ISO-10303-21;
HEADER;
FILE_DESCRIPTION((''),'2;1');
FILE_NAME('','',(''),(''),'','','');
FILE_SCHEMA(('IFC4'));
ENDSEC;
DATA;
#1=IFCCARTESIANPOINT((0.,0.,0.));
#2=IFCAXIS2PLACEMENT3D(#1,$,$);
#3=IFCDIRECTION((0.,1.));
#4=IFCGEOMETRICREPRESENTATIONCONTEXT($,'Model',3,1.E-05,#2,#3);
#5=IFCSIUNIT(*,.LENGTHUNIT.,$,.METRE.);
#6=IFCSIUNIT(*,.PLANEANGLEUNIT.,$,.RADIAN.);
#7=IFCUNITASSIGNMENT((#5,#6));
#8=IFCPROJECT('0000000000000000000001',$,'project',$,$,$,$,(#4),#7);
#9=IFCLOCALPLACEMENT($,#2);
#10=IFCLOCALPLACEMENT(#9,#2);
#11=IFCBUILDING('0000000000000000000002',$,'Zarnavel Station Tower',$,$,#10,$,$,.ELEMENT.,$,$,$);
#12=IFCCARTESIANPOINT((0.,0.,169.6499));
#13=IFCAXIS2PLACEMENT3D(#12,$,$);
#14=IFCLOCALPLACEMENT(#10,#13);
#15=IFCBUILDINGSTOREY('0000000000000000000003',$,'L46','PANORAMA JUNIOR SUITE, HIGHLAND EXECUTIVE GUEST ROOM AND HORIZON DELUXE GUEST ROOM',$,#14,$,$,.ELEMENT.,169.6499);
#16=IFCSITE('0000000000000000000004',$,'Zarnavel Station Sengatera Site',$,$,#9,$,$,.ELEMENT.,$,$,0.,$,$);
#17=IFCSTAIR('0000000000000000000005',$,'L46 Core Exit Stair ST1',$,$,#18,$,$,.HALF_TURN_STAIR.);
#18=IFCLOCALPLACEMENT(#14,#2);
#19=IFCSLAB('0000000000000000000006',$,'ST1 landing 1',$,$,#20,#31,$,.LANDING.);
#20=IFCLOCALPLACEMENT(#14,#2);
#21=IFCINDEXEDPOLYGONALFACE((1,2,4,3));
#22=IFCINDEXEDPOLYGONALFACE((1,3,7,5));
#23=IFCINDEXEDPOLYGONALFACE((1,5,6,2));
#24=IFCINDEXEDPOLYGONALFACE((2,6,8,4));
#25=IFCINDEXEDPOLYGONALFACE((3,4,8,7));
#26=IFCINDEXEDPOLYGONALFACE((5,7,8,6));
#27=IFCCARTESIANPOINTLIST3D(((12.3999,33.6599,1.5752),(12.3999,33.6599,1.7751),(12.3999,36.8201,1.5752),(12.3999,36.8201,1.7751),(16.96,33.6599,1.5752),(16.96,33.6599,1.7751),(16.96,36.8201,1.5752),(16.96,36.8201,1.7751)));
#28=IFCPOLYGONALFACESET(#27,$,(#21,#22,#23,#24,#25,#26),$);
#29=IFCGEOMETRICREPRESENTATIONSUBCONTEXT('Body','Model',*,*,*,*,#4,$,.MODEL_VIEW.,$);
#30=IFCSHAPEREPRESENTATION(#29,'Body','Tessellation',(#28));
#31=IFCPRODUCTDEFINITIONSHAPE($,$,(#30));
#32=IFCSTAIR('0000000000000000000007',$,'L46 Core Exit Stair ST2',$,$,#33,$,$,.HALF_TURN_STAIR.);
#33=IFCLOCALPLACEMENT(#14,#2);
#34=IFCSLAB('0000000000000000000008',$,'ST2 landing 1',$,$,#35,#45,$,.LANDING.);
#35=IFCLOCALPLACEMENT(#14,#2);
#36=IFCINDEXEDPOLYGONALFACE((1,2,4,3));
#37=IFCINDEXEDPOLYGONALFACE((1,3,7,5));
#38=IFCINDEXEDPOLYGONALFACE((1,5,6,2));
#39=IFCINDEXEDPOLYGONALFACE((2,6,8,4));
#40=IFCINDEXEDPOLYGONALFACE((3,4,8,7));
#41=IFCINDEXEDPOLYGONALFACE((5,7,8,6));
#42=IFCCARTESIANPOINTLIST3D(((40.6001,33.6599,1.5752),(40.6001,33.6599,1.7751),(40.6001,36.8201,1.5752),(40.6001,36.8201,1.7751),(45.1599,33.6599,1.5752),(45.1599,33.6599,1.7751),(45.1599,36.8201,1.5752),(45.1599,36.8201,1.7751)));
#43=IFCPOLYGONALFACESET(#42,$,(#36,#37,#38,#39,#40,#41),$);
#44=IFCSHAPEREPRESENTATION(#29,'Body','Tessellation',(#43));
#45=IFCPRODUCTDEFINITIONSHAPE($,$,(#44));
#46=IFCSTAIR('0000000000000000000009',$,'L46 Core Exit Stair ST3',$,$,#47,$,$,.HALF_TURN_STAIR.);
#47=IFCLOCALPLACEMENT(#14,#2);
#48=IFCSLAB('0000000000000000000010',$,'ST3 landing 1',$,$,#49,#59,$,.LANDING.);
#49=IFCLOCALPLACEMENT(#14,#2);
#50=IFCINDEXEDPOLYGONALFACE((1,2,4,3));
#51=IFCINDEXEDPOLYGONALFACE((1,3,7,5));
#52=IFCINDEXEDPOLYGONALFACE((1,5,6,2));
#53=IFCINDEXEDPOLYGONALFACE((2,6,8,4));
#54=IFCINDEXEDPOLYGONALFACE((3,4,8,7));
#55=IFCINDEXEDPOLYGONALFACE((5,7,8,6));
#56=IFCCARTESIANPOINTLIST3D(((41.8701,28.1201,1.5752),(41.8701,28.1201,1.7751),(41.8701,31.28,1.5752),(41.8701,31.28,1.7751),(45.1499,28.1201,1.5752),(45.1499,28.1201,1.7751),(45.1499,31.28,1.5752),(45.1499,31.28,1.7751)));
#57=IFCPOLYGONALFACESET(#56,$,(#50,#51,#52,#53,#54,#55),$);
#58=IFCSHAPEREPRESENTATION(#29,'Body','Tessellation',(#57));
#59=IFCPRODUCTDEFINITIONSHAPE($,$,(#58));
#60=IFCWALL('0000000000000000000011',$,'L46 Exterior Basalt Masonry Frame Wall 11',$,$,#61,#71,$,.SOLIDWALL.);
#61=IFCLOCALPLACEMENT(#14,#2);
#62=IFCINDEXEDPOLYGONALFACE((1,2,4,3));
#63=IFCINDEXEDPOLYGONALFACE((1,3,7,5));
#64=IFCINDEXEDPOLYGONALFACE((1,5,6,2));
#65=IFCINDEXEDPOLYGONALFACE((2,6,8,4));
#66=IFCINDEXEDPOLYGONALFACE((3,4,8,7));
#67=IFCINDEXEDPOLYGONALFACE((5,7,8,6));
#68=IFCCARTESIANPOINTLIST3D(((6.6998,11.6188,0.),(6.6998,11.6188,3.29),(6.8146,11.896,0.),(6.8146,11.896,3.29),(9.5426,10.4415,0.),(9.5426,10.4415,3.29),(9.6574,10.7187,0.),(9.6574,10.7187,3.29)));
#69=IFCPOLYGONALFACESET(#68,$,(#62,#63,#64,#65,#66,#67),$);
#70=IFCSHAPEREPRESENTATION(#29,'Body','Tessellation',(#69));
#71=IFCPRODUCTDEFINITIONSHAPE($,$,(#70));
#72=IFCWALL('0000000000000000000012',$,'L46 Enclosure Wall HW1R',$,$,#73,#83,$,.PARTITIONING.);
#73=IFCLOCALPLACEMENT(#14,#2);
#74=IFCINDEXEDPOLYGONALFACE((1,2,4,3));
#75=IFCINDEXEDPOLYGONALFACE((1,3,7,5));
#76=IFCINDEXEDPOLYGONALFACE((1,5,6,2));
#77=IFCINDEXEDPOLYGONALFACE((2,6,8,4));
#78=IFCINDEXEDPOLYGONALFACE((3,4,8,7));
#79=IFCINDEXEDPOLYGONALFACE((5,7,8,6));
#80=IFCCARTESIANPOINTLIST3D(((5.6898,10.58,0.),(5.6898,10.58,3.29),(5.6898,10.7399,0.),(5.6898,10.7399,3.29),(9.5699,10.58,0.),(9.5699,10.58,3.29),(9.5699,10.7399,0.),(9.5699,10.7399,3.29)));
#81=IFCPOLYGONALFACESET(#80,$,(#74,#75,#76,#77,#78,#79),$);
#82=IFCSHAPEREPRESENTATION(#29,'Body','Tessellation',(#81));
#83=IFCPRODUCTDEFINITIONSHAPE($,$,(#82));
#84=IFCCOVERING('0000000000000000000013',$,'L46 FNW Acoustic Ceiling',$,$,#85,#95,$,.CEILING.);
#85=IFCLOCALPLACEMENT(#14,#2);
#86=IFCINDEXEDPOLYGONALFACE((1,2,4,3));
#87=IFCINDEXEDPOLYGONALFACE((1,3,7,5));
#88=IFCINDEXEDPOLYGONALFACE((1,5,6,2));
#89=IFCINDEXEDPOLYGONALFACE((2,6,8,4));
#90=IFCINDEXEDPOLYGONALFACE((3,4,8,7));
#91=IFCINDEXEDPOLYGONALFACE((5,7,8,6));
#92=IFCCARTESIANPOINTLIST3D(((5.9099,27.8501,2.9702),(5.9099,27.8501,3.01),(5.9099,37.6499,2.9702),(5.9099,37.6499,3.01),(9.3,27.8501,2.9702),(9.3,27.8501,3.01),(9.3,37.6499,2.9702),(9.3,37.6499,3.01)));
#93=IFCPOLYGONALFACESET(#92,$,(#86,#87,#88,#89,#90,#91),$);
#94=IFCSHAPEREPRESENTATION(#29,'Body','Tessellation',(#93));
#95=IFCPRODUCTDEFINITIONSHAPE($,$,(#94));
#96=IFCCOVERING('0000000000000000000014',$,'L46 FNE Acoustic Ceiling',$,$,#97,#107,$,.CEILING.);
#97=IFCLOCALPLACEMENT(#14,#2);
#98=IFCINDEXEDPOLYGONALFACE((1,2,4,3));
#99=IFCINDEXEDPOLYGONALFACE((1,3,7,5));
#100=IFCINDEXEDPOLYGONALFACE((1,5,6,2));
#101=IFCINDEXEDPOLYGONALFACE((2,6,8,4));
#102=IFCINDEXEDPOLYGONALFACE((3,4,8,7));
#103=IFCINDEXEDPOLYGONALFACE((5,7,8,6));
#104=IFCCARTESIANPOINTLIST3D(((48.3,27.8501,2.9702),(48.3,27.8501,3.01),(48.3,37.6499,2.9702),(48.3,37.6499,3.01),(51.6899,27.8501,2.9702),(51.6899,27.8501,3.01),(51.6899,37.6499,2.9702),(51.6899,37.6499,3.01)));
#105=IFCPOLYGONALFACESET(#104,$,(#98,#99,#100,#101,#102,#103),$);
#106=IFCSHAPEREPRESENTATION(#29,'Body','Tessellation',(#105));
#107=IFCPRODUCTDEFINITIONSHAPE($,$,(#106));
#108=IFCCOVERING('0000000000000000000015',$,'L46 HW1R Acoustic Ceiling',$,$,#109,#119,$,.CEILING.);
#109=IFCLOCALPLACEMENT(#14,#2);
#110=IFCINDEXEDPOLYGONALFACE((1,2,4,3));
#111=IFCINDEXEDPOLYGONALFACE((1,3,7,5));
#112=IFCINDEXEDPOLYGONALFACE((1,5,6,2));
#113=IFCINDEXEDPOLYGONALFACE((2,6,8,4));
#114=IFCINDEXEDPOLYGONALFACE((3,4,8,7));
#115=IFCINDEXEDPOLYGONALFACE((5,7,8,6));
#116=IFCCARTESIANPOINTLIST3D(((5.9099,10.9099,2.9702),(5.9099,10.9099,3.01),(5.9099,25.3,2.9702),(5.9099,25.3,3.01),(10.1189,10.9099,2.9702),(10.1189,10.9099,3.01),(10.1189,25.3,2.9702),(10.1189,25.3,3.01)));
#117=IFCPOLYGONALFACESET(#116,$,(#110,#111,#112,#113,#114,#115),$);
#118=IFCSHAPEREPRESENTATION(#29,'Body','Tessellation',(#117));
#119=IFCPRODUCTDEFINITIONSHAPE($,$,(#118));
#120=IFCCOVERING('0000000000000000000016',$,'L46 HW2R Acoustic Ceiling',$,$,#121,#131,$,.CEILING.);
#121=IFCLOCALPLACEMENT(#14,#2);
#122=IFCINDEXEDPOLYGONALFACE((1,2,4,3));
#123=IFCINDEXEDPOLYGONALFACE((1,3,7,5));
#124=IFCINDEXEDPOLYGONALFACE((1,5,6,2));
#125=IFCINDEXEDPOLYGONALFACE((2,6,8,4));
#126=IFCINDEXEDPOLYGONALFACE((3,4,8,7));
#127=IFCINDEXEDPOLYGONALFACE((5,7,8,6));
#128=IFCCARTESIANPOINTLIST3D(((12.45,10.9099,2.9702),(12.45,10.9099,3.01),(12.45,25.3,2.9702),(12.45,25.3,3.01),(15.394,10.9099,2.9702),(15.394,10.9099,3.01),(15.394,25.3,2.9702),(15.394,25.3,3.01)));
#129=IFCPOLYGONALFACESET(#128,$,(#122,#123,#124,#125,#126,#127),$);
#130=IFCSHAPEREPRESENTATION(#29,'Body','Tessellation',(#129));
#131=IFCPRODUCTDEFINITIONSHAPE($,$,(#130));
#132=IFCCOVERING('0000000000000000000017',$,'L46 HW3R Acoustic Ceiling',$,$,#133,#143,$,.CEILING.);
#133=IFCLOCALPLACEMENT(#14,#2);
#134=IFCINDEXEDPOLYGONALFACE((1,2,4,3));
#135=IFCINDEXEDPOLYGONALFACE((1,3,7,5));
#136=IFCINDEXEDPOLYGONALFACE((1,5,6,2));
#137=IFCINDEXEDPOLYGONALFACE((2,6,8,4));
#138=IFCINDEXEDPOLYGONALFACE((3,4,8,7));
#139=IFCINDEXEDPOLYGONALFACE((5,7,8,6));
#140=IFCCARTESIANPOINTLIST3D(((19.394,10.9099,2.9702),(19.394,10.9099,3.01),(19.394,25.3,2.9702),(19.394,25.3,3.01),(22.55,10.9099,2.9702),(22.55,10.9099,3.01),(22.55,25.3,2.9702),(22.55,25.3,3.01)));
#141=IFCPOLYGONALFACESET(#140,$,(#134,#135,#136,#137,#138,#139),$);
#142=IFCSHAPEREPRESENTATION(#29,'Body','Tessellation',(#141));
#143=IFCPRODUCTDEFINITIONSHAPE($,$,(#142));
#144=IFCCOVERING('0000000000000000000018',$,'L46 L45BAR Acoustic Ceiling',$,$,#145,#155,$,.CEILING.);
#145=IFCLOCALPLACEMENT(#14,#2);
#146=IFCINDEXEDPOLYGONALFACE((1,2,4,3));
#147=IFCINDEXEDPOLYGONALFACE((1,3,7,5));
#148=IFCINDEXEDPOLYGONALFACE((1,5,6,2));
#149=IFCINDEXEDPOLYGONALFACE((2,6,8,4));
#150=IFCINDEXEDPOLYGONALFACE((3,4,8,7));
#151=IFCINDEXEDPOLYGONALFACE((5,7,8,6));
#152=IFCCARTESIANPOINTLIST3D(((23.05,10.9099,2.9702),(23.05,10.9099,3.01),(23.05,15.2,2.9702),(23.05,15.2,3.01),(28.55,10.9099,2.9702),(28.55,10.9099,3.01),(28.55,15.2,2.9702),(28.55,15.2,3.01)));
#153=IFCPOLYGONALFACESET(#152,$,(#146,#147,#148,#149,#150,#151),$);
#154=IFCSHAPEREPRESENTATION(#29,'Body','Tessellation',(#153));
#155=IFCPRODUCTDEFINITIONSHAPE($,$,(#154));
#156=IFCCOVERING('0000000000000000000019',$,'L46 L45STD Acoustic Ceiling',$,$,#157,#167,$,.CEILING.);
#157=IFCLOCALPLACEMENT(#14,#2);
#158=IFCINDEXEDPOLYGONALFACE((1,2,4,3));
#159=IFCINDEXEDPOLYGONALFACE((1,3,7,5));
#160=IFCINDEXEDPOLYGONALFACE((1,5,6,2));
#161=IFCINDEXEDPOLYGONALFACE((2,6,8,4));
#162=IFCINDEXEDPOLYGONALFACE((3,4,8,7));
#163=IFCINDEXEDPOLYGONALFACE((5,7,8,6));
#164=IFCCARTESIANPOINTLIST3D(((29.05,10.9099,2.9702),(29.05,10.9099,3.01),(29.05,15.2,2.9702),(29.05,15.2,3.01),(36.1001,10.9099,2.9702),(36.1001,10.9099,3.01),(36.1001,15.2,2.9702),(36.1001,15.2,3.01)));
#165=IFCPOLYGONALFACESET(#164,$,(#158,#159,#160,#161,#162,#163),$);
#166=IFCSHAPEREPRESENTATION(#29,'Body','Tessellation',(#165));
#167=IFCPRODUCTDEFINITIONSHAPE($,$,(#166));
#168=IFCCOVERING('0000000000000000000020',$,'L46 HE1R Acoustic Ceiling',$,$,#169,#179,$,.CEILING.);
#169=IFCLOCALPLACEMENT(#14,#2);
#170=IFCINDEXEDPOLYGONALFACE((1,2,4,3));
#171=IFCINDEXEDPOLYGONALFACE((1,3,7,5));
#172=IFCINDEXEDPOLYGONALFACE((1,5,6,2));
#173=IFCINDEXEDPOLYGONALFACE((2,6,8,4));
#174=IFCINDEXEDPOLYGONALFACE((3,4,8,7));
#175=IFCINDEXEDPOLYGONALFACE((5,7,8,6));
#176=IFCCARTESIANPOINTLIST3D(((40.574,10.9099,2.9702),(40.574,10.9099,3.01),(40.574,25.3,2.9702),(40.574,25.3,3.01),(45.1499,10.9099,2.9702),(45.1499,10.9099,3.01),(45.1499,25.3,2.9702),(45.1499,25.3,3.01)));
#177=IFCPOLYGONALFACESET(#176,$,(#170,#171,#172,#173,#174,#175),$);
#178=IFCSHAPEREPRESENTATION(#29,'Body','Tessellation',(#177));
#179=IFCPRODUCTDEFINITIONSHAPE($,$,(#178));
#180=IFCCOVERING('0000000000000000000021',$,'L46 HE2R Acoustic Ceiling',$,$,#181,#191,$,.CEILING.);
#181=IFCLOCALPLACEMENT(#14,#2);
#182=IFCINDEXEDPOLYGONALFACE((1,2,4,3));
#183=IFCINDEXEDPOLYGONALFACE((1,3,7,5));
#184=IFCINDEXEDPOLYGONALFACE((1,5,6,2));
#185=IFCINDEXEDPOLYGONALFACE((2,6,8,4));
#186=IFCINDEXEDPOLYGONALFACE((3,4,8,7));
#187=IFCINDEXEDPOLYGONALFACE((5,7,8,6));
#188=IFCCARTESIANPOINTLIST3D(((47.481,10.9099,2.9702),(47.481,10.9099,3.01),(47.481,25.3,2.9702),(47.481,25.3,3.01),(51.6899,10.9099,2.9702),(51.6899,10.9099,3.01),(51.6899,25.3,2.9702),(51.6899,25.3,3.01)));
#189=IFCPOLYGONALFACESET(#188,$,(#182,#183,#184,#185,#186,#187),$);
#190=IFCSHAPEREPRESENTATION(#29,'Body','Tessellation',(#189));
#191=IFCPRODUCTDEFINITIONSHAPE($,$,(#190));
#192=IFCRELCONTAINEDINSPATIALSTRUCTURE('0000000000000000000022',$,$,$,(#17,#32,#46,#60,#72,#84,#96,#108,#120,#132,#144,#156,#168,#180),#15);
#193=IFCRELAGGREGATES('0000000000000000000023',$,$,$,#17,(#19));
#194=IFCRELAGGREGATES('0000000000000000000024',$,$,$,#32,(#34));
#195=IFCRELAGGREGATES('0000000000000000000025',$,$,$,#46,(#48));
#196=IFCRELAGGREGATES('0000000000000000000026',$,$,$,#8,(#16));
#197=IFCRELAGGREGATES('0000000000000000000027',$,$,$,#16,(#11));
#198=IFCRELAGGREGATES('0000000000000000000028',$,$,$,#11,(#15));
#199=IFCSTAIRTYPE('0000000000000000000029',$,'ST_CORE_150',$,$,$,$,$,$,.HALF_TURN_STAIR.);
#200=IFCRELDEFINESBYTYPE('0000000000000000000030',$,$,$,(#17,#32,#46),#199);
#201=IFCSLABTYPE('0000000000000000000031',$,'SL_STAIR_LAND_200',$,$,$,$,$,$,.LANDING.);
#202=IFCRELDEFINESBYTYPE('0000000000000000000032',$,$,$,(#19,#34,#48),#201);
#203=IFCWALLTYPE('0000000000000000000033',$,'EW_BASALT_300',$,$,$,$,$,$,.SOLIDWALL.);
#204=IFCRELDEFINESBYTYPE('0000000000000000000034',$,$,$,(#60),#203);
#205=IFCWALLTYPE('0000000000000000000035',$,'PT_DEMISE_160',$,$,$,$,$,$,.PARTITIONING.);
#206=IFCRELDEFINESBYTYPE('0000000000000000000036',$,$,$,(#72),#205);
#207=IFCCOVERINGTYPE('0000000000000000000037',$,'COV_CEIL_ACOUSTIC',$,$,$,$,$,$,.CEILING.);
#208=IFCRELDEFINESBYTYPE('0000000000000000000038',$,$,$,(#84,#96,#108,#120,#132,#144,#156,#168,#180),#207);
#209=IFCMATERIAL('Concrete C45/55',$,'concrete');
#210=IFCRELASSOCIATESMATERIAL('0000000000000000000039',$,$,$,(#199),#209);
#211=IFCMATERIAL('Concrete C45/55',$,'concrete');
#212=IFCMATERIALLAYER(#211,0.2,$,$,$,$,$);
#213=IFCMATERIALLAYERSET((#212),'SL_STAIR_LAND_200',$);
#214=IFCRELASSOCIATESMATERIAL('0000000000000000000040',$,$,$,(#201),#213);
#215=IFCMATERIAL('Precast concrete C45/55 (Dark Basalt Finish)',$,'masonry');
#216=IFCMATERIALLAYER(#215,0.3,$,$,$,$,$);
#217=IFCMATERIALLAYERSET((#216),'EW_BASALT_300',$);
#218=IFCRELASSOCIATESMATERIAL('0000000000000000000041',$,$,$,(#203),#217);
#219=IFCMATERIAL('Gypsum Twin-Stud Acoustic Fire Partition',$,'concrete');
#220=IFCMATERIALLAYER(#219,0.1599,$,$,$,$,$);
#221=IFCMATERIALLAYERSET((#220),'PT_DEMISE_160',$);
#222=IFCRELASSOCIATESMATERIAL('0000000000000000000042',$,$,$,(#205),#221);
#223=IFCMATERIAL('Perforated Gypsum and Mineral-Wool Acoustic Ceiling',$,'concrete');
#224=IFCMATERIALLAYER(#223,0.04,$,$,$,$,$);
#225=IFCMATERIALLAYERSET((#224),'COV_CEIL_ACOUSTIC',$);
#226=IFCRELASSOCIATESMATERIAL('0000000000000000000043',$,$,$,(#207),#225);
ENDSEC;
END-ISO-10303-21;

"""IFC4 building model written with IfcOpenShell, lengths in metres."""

from ifc_helpers import new_model, si_unit, direction, frame, frame_2d, origin, place, context, subcontext, project, spatial, polyline, rectangle, outline, extrude, material, layer, layer_set, type_object, element, aggregate, save


model = new_model("IFC4")

# Units and contexts
model_context = context("Model", 3, precision=1e-05, world=origin(), true_north=direction((0.0, 1.0)))
body_context = subcontext(model_context, "Body", "Model", "MODEL_VIEW")
ifc_project = project(units=[si_unit("LENGTHUNIT", "METRE"), si_unit("PLANEANGLEUNIT", "RADIAN")], contexts=[model_context])

# Site, building, storey
site_placement = place(None, origin())
site = spatial("IfcSite", under=ifc_project, at=site_placement, Name="Zarnavel Station Sengatera Site", CompositionType="ELEMENT", RefElevation=0.0)
building_placement = place(site_placement, origin())
building = spatial("IfcBuilding", under=site, at=building_placement, Name="Zarnavel Station Tower", CompositionType="ELEMENT")
storey_placement = place(building_placement, frame((0.0, 0.0, 169.6499)))
storey = spatial("IfcBuildingStorey", under=building, at=storey_placement, Name="L46", Description="PANORAMA JUNIOR SUITE, HIGHLAND EXECUTIVE GUEST ROOM AND HORIZON DELUXE GUEST ROOM", CompositionType="ELEMENT", Elevation=169.6499)

# Stairs, slabs
ifc_material_1 = material(Name="Concrete C45/55", Category="concrete")
stair_type = type_object("IfcStairType", Name="ST_CORE_150", PredefinedType="HALF_TURN_STAIR", material=ifc_material_1)
stair_1_placement = place(storey_placement, origin())
stair_1 = element("IfcStair", 1, at=stair_1_placement, inside=storey, type_object=stair_type, Name="L46 Core Exit Stair ST1", PredefinedType="HALF_TURN_STAIR")
ifc_material_2 = material(Name="Concrete C45/55", Category="concrete")
ifc_layer_1 = layer(ifc_material_2, 0.2)
ifc_layer_set_1 = layer_set([ifc_layer_1], Name="SL_STAIR_LAND_200")
slab_type_1 = type_object("IfcSlabType", Name="SL_STAIR_LAND_200", PredefinedType="LANDING", material=ifc_layer_set_1)
slab_1_placement = place(storey_placement, frame((0.0, 0.0, 1.5752)))
slab_1 = element("IfcSlab", 2, at=slab_1_placement, type_object=slab_type_1, Name="ST1 landing 1", PredefinedType="LANDING", context=body_context, shape_type="SweptSolid", body=[
    extrude(outline(polyline([(16.96, 36.8201), (12.3999, 36.8201), (12.3999, 33.6599), (16.96, 33.6599), (16.96, 36.8201)])), origin(), (0.0, 0.0, 1.0), 0.2),
])
aggregate(stair_1, [slab_1])
stair_2_placement = place(storey_placement, origin())
stair_2 = element("IfcStair", 3, at=stair_2_placement, inside=storey, type_object=stair_type, Name="L46 Core Exit Stair ST2", PredefinedType="HALF_TURN_STAIR")
slab_2_placement = place(storey_placement, frame((0.0, 0.0, 1.5752)))
slab_2 = element("IfcSlab", 4, at=slab_2_placement, type_object=slab_type_1, Name="ST2 landing 1", PredefinedType="LANDING", context=body_context, shape_type="SweptSolid", body=[
    extrude(outline(polyline([(40.6001, 33.6599), (45.1599, 33.6599), (45.1599, 36.8201), (40.6001, 36.8201), (40.6001, 33.6599)])), origin(), (0.0, 0.0, 1.0), 0.2),
])
aggregate(stair_2, [slab_2])
stair_3_placement = place(storey_placement, origin())
stair_3 = element("IfcStair", 5, at=stair_3_placement, inside=storey, type_object=stair_type, Name="L46 Core Exit Stair ST3", PredefinedType="HALF_TURN_STAIR")
slab_3_placement = place(storey_placement, frame((0.0, 0.0, 1.5752)))
slab_3 = element("IfcSlab", 6, at=slab_3_placement, type_object=slab_type_1, Name="ST3 landing 1", PredefinedType="LANDING", context=body_context, shape_type="SweptSolid", body=[
    extrude(outline(polyline([(41.8701, 28.1201), (45.1499, 28.1201), (45.1499, 31.28), (41.8701, 31.28), (41.8701, 28.1201)])), origin(), (0.0, 0.0, 1.0), 0.2),
])
aggregate(stair_3, [slab_3])

# Walls
ifc_material_3 = material(Name="Precast concrete C45/55 (Dark Basalt Finish)", Category="masonry")
ifc_layer_2 = layer(ifc_material_3, 0.3)
ifc_layer_set_2 = layer_set([ifc_layer_2], Name="EW_BASALT_300")
wall_type_1 = type_object("IfcWallType", Name="EW_BASALT_300", PredefinedType="SOLIDWALL", material=ifc_layer_set_2)
wall_1_placement = place(storey_placement, frame((9.6001, 10.5801, 0.0), z_axis=(0.0, 0.0, 1.0), x_axis=(-0.92391, 0.382609, 0.0)))
element("IfcWall", 7, at=wall_1_placement, inside=storey, type_object=wall_type_1, Name="L46 Exterior Basalt Masonry Frame Wall 11", PredefinedType="SOLIDWALL", context=body_context, shape_type="SweptSolid", body=[
    extrude(rectangle(XDim=3.0769, YDim=0.3, at=frame_2d((1.5386, 0.0))), origin(), (0.0, 0.0, 1.0), 3.29),
])
ifc_material_4 = material(Name="Gypsum Twin-Stud Acoustic Fire Partition", Category="concrete")
ifc_layer_3 = layer(ifc_material_4, 0.1599)
ifc_layer_set_3 = layer_set([ifc_layer_3], Name="PT_DEMISE_160")
wall_type_2 = type_object("IfcWallType", Name="PT_DEMISE_160", PredefinedType="PARTITIONING", material=ifc_layer_set_3)
wall_2_placement = place(storey_placement, frame((5.6899, 10.6599, 0.0), z_axis=(0.0, 0.0, 1.0), x_axis=(1.0, 0.0, 0.0)))
element("IfcWall", 8, at=wall_2_placement, inside=storey, type_object=wall_type_2, Name="L46 Enclosure Wall HW1R", PredefinedType="PARTITIONING", context=body_context, shape_type="SweptSolid", body=[
    extrude(rectangle(XDim=3.8801, YDim=0.1599, at=frame_2d((1.9399, 0.0))), origin(), (0.0, 0.0, 1.0), 3.29),
])

# Coverings
ifc_material_5 = material(Name="Perforated Gypsum and Mineral-Wool Acoustic Ceiling", Category="concrete")
ifc_layer_4 = layer(ifc_material_5, 0.04)
ifc_layer_set_4 = layer_set([ifc_layer_4], Name="COV_CEIL_ACOUSTIC")
covering_type_1 = type_object("IfcCoveringType", Name="COV_CEIL_ACOUSTIC", PredefinedType="CEILING", material=ifc_layer_set_4)
covering_1_placement = place(storey_placement, frame((0.0, 0.0, 2.9702)))
element("IfcCovering", 9, at=covering_1_placement, inside=storey, type_object=covering_type_1, Name="L46 FNW Acoustic Ceiling", PredefinedType="CEILING", context=body_context, shape_type="SweptSolid", body=[
    extrude(outline(polyline([(5.9099, 27.8501), (9.3, 27.8501), (9.3, 37.6499), (5.9099, 37.6499), (5.9099, 27.8501)])), origin(), (0.0, 0.0, 1.0), 0.0398),
])
covering_2_placement = place(storey_placement, frame((0.0, 0.0, 2.9702)))
element("IfcCovering", 10, at=covering_2_placement, inside=storey, type_object=covering_type_1, Name="L46 FNE Acoustic Ceiling", PredefinedType="CEILING", context=body_context, shape_type="SweptSolid", body=[
    extrude(outline(polyline([(48.3, 27.8501), (51.6899, 27.8501), (51.6899, 37.6499), (48.3, 37.6499), (48.3, 27.8501)])), origin(), (0.0, 0.0, 1.0), 0.0398),
])
covering_3_placement = place(storey_placement, frame((0.0, 0.0, 2.9702)))
element("IfcCovering", 11, at=covering_3_placement, inside=storey, type_object=covering_type_1, Name="L46 HW1R Acoustic Ceiling", PredefinedType="CEILING", context=body_context, shape_type="SweptSolid", body=[
    extrude(outline(polyline([(5.9099, 10.9099), (10.1189, 10.9099), (10.1189, 25.3), (5.9099, 25.3), (5.9099, 10.9099)])), origin(), (0.0, 0.0, 1.0), 0.0398),
])
covering_4_placement = place(storey_placement, frame((0.0, 0.0, 2.9702)))
element("IfcCovering", 12, at=covering_4_placement, inside=storey, type_object=covering_type_1, Name="L46 HW2R Acoustic Ceiling", PredefinedType="CEILING", context=body_context, shape_type="SweptSolid", body=[
    extrude(outline(polyline([(12.45, 10.9099), (15.394, 10.9099), (15.394, 25.3), (12.45, 25.3), (12.45, 10.9099)])), origin(), (0.0, 0.0, 1.0), 0.0398),
])
covering_5_placement = place(storey_placement, frame((0.0, 0.0, 2.9702)))
element("IfcCovering", 13, at=covering_5_placement, inside=storey, type_object=covering_type_1, Name="L46 HW3R Acoustic Ceiling", PredefinedType="CEILING", context=body_context, shape_type="SweptSolid", body=[
    extrude(outline(polyline([(19.394, 10.9099), (22.55, 10.9099), (22.55, 25.3), (19.394, 25.3), (19.394, 10.9099)])), origin(), (0.0, 0.0, 1.0), 0.0398),
])
covering_6_placement = place(storey_placement, frame((0.0, 0.0, 2.9702)))
element("IfcCovering", 14, at=covering_6_placement, inside=storey, type_object=covering_type_1, Name="L46 L45BAR Acoustic Ceiling", PredefinedType="CEILING", context=body_context, shape_type="SweptSolid", body=[
    extrude(outline(polyline([(23.05, 10.9099), (28.55, 10.9099), (28.55, 15.2), (23.05, 15.2), (23.05, 10.9099)])), origin(), (0.0, 0.0, 1.0), 0.0398),
])
covering_7_placement = place(storey_placement, frame((0.0, 0.0, 2.9702)))
element("IfcCovering", 15, at=covering_7_placement, inside=storey, type_object=covering_type_1, Name="L46 L45STD Acoustic Ceiling", PredefinedType="CEILING", context=body_context, shape_type="SweptSolid", body=[
    extrude(outline(polyline([(29.05, 10.9099), (36.1001, 10.9099), (36.1001, 15.2), (29.05, 15.2), (29.05, 10.9099)])), origin(), (0.0, 0.0, 1.0), 0.0398),
])
covering_8_placement = place(storey_placement, frame((0.0, 0.0, 2.9702)))
element("IfcCovering", 16, at=covering_8_placement, inside=storey, type_object=covering_type_1, Name="L46 HE1R Acoustic Ceiling", PredefinedType="CEILING", context=body_context, shape_type="SweptSolid", body=[
    extrude(outline(polyline([(40.574, 10.9099), (45.1499, 10.9099), (45.1499, 25.3), (40.574, 25.3), (40.574, 10.9099)])), origin(), (0.0, 0.0, 1.0), 0.0398),
])
covering_9_placement = place(storey_placement, frame((0.0, 0.0, 2.9702)))
element("IfcCovering", 17, at=covering_9_placement, inside=storey, type_object=covering_type_1, Name="L46 HE2R Acoustic Ceiling", PredefinedType="CEILING", context=body_context, shape_type="SweptSolid", body=[
    extrude(outline(polyline([(47.481, 10.9099), (51.6899, 10.9099), (51.6899, 25.3), (47.481, 25.3), (47.481, 10.9099)])), origin(), (0.0, 0.0, 1.0), 0.0398),
])

save(model, "model.ifc")
